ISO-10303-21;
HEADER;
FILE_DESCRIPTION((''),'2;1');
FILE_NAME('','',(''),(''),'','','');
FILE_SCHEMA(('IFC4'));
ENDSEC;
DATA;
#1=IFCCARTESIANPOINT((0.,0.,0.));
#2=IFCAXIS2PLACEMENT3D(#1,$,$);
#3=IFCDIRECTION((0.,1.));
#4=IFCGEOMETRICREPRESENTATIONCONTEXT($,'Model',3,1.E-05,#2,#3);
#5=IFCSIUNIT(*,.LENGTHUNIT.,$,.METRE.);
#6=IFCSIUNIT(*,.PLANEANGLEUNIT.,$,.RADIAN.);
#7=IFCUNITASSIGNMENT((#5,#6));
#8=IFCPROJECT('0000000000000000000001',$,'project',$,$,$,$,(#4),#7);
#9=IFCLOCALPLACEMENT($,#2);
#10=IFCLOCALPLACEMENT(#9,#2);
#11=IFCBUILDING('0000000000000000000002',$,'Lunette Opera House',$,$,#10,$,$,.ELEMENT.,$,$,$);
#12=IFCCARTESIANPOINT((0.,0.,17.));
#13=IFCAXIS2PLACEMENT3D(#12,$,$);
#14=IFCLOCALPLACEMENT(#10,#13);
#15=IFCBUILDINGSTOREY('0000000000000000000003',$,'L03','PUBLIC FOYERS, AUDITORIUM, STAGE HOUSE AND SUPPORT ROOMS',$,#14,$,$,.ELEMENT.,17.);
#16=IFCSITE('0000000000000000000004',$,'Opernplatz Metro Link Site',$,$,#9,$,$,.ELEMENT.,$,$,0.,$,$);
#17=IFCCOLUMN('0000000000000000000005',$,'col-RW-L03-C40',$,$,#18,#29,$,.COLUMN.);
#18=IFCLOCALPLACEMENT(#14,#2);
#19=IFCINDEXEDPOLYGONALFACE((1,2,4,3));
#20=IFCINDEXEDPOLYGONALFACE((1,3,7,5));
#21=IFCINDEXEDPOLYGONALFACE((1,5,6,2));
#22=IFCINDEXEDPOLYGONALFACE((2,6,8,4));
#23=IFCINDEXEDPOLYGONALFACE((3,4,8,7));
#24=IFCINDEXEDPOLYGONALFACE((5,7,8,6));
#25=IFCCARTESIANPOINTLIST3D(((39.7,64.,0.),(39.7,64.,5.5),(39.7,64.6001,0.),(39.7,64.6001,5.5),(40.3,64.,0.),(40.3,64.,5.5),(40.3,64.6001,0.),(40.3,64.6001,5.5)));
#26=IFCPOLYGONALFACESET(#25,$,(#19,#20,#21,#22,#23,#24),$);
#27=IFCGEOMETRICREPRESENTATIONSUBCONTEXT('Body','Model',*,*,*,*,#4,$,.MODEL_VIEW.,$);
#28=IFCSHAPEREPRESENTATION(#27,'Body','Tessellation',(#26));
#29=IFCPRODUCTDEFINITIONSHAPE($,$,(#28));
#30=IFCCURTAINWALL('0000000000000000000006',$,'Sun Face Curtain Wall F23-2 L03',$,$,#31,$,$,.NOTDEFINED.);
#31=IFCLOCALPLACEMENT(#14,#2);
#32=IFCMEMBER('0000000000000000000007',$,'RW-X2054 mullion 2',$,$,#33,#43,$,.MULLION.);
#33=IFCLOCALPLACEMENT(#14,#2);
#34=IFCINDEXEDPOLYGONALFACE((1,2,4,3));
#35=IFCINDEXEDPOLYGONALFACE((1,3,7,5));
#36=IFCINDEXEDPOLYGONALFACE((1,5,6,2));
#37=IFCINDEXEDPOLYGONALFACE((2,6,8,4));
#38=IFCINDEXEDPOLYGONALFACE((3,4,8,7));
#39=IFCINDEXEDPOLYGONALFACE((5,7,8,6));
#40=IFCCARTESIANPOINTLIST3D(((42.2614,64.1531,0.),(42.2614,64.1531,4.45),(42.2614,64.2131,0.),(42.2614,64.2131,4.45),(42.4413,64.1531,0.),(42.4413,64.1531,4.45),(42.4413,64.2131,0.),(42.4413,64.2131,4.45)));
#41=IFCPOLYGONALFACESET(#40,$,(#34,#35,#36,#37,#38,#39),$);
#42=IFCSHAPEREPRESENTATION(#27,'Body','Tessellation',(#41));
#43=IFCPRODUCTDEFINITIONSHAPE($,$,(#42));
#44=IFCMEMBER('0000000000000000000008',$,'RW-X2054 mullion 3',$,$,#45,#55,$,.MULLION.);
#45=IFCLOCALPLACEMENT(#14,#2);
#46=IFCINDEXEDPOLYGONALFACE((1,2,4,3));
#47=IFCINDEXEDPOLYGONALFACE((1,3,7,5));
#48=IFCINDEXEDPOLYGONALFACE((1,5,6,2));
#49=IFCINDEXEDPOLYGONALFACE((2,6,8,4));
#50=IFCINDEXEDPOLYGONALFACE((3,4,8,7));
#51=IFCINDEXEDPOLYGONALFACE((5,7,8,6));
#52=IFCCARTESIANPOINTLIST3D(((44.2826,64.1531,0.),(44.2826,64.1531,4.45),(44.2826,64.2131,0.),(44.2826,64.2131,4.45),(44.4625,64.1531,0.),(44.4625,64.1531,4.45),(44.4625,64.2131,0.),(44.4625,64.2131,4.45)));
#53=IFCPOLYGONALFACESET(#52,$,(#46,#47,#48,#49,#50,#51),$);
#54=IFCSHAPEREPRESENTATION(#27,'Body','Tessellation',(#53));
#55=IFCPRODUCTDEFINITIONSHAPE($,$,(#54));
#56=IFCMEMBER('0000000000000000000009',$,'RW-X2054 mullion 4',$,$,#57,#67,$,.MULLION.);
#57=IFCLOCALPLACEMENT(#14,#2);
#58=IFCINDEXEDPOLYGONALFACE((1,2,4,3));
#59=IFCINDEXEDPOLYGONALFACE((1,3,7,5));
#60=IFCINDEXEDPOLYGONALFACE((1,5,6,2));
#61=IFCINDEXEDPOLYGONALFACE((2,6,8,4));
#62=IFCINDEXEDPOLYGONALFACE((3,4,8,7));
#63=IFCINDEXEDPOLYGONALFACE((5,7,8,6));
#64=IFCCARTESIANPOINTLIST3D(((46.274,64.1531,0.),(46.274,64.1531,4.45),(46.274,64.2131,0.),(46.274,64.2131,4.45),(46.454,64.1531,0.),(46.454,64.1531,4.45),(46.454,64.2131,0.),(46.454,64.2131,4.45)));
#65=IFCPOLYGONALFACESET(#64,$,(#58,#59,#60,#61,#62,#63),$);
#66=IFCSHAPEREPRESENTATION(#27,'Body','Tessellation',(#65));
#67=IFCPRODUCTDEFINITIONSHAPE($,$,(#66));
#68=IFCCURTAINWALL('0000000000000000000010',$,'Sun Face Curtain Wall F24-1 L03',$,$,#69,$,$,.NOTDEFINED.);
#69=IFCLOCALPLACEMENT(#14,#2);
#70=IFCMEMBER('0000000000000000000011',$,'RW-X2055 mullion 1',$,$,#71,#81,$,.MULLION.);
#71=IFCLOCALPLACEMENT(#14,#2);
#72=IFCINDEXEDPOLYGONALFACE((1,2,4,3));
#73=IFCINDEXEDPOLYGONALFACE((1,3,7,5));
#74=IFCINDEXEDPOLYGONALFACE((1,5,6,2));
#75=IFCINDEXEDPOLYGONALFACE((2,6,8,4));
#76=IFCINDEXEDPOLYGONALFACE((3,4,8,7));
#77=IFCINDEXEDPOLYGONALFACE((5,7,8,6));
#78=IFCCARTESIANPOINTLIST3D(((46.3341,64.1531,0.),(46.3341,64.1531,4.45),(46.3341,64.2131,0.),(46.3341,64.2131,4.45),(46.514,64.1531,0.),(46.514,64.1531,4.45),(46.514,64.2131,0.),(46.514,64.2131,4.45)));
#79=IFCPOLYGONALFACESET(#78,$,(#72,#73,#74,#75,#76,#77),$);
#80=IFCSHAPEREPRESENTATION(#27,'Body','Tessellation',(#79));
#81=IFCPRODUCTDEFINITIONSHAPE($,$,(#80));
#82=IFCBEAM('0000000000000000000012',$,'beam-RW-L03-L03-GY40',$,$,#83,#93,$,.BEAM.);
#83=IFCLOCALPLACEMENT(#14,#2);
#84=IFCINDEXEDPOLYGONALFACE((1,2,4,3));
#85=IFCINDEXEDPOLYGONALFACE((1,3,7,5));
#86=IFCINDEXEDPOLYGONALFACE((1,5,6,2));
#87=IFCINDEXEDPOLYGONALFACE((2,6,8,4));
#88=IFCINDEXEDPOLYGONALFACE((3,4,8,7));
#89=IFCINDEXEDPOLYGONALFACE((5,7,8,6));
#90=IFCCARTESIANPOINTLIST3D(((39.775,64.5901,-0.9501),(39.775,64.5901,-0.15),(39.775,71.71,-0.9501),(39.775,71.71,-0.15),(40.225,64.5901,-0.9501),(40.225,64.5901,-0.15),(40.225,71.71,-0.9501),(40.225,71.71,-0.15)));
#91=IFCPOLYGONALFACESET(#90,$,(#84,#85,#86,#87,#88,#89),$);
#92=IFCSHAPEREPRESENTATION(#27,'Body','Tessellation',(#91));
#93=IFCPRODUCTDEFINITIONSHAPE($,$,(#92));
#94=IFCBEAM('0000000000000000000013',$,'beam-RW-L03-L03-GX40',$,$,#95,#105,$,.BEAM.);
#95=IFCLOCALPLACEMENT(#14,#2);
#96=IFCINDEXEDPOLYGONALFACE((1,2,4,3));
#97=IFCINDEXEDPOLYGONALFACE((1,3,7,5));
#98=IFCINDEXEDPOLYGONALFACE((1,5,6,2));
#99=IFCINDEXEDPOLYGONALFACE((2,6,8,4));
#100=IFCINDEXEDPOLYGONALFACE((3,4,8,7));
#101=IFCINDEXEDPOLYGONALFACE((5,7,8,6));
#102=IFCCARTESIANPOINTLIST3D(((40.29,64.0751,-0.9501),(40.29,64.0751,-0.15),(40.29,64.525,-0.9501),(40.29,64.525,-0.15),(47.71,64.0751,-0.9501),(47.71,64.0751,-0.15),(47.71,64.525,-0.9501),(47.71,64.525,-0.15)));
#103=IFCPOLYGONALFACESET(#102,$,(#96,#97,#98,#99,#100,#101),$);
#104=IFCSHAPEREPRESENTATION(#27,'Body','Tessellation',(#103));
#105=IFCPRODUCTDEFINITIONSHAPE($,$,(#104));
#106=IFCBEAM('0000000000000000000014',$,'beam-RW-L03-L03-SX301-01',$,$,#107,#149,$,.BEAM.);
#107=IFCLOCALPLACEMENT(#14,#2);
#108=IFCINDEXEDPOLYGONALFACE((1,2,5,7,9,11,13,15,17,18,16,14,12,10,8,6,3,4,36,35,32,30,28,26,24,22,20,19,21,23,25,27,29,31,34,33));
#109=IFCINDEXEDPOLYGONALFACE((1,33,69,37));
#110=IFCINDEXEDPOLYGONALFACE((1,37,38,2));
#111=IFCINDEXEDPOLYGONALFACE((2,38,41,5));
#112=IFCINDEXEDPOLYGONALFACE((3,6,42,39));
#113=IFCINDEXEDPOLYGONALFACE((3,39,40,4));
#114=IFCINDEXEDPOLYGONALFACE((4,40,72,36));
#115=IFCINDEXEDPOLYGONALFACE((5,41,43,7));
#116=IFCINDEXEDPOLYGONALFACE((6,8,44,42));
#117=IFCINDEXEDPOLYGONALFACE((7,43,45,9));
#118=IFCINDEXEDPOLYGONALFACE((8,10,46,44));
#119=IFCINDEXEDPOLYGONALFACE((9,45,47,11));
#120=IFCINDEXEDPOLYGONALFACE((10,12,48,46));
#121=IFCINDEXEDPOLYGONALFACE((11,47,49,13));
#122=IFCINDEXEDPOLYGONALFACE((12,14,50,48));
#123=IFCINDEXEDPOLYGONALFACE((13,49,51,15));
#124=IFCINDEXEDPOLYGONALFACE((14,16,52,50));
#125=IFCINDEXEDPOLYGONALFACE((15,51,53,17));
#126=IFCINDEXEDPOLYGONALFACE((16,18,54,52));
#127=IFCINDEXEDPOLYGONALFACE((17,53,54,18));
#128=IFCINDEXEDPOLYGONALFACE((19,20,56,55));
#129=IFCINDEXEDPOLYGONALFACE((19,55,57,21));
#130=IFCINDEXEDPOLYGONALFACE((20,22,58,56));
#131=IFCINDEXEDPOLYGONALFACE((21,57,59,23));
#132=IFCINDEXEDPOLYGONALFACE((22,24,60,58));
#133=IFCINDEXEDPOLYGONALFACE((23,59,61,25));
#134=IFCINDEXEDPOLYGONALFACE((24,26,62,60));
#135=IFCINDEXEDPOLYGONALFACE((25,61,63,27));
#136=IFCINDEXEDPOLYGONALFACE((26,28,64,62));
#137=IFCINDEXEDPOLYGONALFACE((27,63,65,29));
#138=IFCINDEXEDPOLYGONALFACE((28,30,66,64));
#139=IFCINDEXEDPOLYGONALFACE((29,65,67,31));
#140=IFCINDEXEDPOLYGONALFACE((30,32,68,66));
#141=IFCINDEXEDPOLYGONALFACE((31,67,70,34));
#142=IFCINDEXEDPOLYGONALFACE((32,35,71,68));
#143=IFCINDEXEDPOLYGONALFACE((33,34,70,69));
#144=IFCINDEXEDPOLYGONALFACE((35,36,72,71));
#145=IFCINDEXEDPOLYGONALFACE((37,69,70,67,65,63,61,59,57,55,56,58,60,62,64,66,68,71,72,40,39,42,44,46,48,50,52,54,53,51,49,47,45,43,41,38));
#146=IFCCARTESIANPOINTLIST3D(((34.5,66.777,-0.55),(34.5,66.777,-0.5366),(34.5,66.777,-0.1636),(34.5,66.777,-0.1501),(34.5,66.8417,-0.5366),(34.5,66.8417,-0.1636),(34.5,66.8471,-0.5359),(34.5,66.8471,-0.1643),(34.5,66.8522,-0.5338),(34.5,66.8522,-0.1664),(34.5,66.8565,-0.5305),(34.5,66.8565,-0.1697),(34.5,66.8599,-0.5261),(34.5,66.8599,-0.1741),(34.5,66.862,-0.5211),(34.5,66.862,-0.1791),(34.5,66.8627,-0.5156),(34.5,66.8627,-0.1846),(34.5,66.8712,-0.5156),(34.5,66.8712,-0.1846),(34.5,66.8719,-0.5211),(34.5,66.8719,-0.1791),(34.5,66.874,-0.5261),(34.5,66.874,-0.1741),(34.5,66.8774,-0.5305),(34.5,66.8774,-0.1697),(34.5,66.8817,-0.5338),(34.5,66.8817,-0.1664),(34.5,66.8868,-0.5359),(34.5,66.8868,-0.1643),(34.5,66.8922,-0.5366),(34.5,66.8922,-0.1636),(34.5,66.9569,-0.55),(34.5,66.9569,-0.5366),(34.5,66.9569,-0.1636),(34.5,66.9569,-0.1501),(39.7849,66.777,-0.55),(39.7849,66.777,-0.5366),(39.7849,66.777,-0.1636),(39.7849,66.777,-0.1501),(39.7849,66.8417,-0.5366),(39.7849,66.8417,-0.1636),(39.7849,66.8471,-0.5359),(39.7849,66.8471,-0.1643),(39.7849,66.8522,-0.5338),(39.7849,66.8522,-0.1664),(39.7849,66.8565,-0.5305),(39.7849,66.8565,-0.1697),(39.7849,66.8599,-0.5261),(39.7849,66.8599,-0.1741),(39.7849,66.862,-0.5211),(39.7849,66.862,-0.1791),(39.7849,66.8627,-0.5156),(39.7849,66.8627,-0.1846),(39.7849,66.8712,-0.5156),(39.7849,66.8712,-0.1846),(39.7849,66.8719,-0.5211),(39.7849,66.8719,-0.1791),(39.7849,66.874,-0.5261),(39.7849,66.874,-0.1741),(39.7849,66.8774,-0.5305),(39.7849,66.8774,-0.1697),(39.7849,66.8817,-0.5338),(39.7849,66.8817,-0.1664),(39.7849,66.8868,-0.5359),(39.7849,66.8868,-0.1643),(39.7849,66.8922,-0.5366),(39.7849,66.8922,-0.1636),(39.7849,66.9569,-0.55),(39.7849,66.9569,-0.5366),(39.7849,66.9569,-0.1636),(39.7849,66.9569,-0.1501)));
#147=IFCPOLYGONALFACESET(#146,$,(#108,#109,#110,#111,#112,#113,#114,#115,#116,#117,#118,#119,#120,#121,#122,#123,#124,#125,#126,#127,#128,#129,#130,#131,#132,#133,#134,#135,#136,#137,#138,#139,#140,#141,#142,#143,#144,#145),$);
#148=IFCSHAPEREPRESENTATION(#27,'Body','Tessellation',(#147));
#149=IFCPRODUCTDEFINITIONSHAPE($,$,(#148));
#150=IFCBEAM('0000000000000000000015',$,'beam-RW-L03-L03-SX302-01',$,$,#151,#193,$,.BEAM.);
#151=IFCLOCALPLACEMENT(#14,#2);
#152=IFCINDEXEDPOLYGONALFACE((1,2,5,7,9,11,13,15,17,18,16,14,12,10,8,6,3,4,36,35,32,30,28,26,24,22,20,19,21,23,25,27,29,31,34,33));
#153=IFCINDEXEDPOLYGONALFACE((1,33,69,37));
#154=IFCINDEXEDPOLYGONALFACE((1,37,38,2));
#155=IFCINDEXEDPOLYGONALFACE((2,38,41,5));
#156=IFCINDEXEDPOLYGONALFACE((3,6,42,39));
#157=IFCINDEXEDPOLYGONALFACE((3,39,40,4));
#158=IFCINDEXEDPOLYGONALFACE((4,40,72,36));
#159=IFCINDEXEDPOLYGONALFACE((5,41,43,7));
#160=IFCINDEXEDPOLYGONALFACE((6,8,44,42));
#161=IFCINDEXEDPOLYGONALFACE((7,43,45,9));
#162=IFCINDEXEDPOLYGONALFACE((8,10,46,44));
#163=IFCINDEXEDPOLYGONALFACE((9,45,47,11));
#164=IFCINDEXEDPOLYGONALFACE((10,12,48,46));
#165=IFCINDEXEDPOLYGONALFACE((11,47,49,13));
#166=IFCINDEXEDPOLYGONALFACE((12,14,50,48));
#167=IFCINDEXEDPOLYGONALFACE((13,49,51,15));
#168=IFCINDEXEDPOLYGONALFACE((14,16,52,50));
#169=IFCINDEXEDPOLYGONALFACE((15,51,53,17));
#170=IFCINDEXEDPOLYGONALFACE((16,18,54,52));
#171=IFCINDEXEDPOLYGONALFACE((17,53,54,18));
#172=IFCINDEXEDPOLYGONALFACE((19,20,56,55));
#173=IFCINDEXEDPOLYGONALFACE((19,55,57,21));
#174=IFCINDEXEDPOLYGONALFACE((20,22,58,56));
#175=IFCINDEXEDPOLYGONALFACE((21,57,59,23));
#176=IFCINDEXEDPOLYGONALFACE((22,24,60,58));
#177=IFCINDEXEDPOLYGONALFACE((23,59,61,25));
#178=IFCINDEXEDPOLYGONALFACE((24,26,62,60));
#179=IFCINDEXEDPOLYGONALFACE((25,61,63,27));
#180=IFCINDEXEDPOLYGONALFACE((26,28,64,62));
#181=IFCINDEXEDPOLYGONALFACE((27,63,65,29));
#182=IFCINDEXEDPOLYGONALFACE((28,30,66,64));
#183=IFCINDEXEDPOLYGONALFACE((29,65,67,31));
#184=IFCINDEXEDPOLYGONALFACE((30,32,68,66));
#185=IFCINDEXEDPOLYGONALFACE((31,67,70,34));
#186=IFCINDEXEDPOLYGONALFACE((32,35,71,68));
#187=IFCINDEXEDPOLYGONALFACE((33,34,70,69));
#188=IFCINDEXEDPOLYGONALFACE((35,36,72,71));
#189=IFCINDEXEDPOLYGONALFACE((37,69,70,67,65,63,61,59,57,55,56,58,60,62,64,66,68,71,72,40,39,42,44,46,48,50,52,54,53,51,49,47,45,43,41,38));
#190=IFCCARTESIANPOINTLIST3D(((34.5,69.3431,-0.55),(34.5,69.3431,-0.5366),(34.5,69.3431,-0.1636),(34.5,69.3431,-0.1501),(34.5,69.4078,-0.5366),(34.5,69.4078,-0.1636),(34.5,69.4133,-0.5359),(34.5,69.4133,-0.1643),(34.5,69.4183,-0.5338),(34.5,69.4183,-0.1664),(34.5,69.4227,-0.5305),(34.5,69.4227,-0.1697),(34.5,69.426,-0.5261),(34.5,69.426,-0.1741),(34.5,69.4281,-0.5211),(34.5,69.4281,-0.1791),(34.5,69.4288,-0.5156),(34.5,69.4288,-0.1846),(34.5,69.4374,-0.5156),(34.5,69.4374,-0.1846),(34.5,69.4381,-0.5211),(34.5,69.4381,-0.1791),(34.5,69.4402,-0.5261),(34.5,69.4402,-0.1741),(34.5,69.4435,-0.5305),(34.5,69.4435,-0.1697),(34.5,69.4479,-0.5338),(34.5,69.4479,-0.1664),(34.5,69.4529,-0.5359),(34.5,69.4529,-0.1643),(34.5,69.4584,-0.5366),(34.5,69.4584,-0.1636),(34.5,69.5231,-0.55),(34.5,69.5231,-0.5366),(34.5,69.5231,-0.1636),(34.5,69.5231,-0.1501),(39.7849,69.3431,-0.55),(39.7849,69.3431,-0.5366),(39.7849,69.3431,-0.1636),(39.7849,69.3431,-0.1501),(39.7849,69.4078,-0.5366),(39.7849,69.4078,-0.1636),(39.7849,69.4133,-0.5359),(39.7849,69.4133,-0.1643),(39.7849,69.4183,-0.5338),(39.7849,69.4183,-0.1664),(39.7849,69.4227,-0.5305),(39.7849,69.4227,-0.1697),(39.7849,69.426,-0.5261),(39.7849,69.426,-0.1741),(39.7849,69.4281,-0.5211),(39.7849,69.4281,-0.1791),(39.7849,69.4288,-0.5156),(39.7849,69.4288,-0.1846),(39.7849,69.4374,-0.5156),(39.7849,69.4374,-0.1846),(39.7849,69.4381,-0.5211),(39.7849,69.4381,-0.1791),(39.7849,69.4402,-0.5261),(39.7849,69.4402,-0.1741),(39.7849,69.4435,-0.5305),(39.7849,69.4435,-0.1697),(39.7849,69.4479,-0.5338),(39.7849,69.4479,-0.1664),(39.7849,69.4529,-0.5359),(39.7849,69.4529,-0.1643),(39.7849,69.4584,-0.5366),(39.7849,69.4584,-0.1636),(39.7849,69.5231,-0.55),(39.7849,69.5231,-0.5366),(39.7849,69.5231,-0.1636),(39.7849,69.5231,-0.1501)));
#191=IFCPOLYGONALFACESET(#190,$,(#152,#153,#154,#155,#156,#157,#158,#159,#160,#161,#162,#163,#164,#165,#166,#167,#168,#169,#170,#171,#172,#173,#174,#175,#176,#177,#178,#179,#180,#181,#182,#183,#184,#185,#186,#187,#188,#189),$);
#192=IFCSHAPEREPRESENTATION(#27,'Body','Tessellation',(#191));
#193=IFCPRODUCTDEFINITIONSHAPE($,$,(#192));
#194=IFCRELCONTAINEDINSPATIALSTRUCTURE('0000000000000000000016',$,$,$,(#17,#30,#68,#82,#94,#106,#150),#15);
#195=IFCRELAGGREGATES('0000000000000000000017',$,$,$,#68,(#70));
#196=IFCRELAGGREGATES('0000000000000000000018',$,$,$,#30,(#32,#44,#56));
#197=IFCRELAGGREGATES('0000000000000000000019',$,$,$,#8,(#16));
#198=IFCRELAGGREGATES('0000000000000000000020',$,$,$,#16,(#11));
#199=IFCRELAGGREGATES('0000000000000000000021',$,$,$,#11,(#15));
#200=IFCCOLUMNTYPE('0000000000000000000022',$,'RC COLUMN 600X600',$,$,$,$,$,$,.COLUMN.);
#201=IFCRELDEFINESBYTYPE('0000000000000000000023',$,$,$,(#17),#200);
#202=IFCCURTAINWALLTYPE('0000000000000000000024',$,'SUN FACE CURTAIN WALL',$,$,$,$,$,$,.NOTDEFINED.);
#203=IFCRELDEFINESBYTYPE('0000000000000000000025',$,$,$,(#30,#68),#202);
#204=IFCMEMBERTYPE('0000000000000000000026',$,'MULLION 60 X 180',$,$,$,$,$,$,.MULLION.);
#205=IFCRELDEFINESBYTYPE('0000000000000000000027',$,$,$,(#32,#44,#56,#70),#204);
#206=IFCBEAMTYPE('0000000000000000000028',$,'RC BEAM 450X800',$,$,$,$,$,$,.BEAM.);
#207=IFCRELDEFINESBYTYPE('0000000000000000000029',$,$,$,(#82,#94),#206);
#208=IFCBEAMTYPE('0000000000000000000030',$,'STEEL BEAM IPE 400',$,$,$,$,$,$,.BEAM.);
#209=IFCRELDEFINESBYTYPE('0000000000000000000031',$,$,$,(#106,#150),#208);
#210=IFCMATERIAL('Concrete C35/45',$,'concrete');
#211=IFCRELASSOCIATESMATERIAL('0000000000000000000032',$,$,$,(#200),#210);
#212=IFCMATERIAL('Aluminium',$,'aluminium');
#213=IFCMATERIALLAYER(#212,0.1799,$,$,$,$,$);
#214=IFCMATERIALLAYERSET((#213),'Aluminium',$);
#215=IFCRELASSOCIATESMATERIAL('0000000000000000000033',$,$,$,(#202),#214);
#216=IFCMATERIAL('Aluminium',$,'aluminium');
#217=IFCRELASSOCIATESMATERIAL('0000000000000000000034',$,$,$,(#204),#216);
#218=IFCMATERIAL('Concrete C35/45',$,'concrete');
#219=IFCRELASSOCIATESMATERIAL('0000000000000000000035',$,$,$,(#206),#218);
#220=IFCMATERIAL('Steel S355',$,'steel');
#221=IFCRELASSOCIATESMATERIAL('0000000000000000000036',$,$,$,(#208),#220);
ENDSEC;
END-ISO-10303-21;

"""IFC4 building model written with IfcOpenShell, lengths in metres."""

from ifc_helpers import new_model, si_unit, direction, frame, origin, origin_2d, place, context, subcontext, project, spatial, rectangle, i_section, extrude, material, layer, layer_set, material_profile, profile_set, type_object, element, aggregate, save


model = new_model("IFC4")

# Units and contexts
model_context = context("Model", 3, precision=1e-05, world=origin(), true_north=direction((0.0, 1.0)))
body_context = subcontext(model_context, "Body", "Model", "MODEL_VIEW")
ifc_project = project(units=[si_unit("LENGTHUNIT", "METRE"), si_unit("PLANEANGLEUNIT", "RADIAN")], contexts=[model_context])

# Site, building, storey
site_placement = place(None, origin())
site = spatial("IfcSite", under=ifc_project, at=site_placement, Name="Opernplatz Metro Link Site", CompositionType="ELEMENT", RefElevation=0.0)
building_placement = place(site_placement, origin())
building = spatial("IfcBuilding", under=site, at=building_placement, Name="Lunette Opera House", CompositionType="ELEMENT")
storey_placement = place(building_placement, frame((0.0, 0.0, 17.0)))
storey = spatial("IfcBuildingStorey", under=building, at=storey_placement, Name="L03", Description="PUBLIC FOYERS, AUDITORIUM, STAGE HOUSE AND SUPPORT ROOMS", CompositionType="ELEMENT", Elevation=17.0)

# Column
ifc_material_1 = material(Name="Concrete C35/45", Category="concrete")
ifc_material_profile_1 = material_profile(ifc_material_1, rectangle(XDim=0.6001, YDim=0.6001, at=origin_2d()), Name="RC COLUMN 600X600")
ifc_profile_set_1 = profile_set([ifc_material_profile_1], Name="Concrete C35/45")
column_type = type_object("IfcColumnType", Name="RC COLUMN 600X600", PredefinedType="COLUMN", material=ifc_profile_set_1)
column_placement = place(storey_placement, frame((40.0, 64.3, 0.0), z_axis=(0.0, 0.0, 1.0), x_axis=(1.0, 0.0, 0.0)))
element("IfcColumn", 1, at=column_placement, inside=storey, type_object=column_type, Name="col-RW-L03-C40", PredefinedType="COLUMN", context=body_context, shape_type="SweptSolid", body=[
    extrude(rectangle(XDim=0.6001, YDim=0.6001, at=origin_2d()), origin(), (0.0, 0.0, 1.0), 5.5),
])

# Curtain wall, members
ifc_material_2 = material(Name="Aluminium", Category="aluminium")
ifc_layer_1 = layer(ifc_material_2, 0.1799)
ifc_layer_set_1 = layer_set([ifc_layer_1], Name="Aluminium")
curtain_wall_type = type_object("IfcCurtainWallType", Name="SUN FACE CURTAIN WALL", PredefinedType="NOTDEFINED", material=ifc_layer_set_1)
curtain_wall_1_placement = place(storey_placement, origin())
curtain_wall_1 = element("IfcCurtainWall", 2, at=curtain_wall_1_placement, inside=storey, type_object=curtain_wall_type, Name="Sun Face Curtain Wall F23-2 L03", PredefinedType="NOTDEFINED")
ifc_material_3 = material(Name="Aluminium", Category="aluminium")
ifc_material_profile_2 = material_profile(ifc_material_3, rectangle(XDim=0.0601, YDim=0.1799, at=origin_2d()), Name="MULLION 60 X 180")
ifc_profile_set_2 = profile_set([ifc_material_profile_2], Name="Aluminium")
member_type_1 = type_object("IfcMemberType", Name="MULLION 60 X 180", PredefinedType="MULLION", material=ifc_profile_set_2)
member_1_placement = place(storey_placement, frame((42.3513, 64.1831, 0.0), z_axis=(0.0, 0.0, 1.0), x_axis=(0.0, 1.0, 0.0)))
member_1 = element("IfcMember", 3, at=member_1_placement, type_object=member_type_1, Name="RW-X2054 mullion 2", PredefinedType="MULLION", context=body_context, shape_type="SweptSolid", body=[
    extrude(rectangle(XDim=0.0601, YDim=0.1799, at=origin_2d()), origin(), (0.0, 0.0, 1.0), 4.45),
])
member_2_placement = place(storey_placement, frame((44.3726, 64.1831, 0.0), z_axis=(0.0, 0.0, 1.0), x_axis=(0.0, 1.0, 0.0)))
member_2 = element("IfcMember", 4, at=member_2_placement, type_object=member_type_1, Name="RW-X2054 mullion 3", PredefinedType="MULLION", context=body_context, shape_type="SweptSolid", body=[
    extrude(rectangle(XDim=0.0601, YDim=0.1799, at=origin_2d()), origin(), (0.0, 0.0, 1.0), 4.45),
])
member_3_placement = place(storey_placement, frame((46.364, 64.1831, 0.0), z_axis=(0.0, 0.0, 1.0), x_axis=(0.0, 1.0, 0.0)))
member_3 = element("IfcMember", 5, at=member_3_placement, type_object=member_type_1, Name="RW-X2054 mullion 4", PredefinedType="MULLION", context=body_context, shape_type="SweptSolid", body=[
    extrude(rectangle(XDim=0.0601, YDim=0.1799, at=origin_2d()), origin(), (0.0, 0.0, 1.0), 4.45),
])

# Curtain wall, member
curtain_wall_2_placement = place(storey_placement, origin())
curtain_wall_2 = element("IfcCurtainWall", 6, at=curtain_wall_2_placement, inside=storey, type_object=curtain_wall_type, Name="Sun Face Curtain Wall F24-1 L03", PredefinedType="NOTDEFINED")
member_4_placement = place(storey_placement, frame((46.4241, 64.1831, 0.0), z_axis=(0.0, 0.0, 1.0), x_axis=(0.0, 1.0, 0.0)))
member_4 = element("IfcMember", 7, at=member_4_placement, type_object=member_type_1, Name="RW-X2055 mullion 1", PredefinedType="MULLION", context=body_context, shape_type="SweptSolid", body=[
    extrude(rectangle(XDim=0.0601, YDim=0.1799, at=origin_2d()), origin(), (0.0, 0.0, 1.0), 4.45),
])

# Beams
ifc_material_4 = material(Name="Concrete C35/45", Category="concrete")
ifc_material_profile_3 = material_profile(ifc_material_4, rectangle(XDim=0.45, YDim=0.8, at=origin_2d()), Name="RC BEAM 450X800")
ifc_profile_set_3 = profile_set([ifc_material_profile_3], Name="Concrete C35/45")
beam_type_1 = type_object("IfcBeamType", Name="RC BEAM 450X800", PredefinedType="BEAM", material=ifc_profile_set_3)
beam_1_placement = place(storey_placement, frame((40.0, 64.5901, -0.55), z_axis=(0.0, 1.0, 0.0), x_axis=(-1.0, 0.0, 0.0)))
element("IfcBeam", 8, at=beam_1_placement, inside=storey, type_object=beam_type_1, Name="beam-RW-L03-L03-GY40", PredefinedType="BEAM", context=body_context, shape_type="SweptSolid", body=[
    extrude(rectangle(XDim=0.45, YDim=0.8, at=origin_2d()), origin(), (0.0, 0.0, 1.0), 7.1199),
])
beam_2_placement = place(storey_placement, frame((40.29, 64.3, -0.55), z_axis=(1.0, 0.0, 0.0), x_axis=(0.0, 1.0, 0.0)))
element("IfcBeam", 9, at=beam_2_placement, inside=storey, type_object=beam_type_1, Name="beam-RW-L03-L03-GX40", PredefinedType="BEAM", context=body_context, shape_type="SweptSolid", body=[
    extrude(rectangle(XDim=0.45, YDim=0.8, at=origin_2d()), origin(), (0.0, 0.0, 1.0), 7.4199),
])
ifc_material_5 = material(Name="Steel S355", Category="steel")
ifc_material_profile_4 = material_profile(ifc_material_5, i_section(OverallWidth=0.1799, OverallDepth=0.3999, WebThickness=0.0085, FlangeThickness=0.0134, FilletRadius=0.021, at=origin_2d()), Name="IPE 400")
ifc_profile_set_4 = profile_set([ifc_material_profile_4], Name="Steel S355")
beam_type_2 = type_object("IfcBeamType", Name="STEEL BEAM IPE 400", PredefinedType="BEAM", material=ifc_profile_set_4)
for number, where, z_axis, x_axis, name in (
    (10, (34.5, 66.8669, -0.3501), (1.0, 0.0, 0.0), (0.0, 1.0, 0.0), "beam-RW-L03-L03-SX301-01"),
    (11, (34.5, 69.4331, -0.3501), (1.0, 0.0, 0.0), (0.0, 1.0, 0.0), "beam-RW-L03-L03-SX302-01"),
):
    element("IfcBeam", number, at=place(storey_placement, frame(where, z_axis=z_axis, x_axis=x_axis)), inside=storey, type_object=beam_type_2, Name=name, PredefinedType="BEAM", context=body_context, shape_type="SweptSolid", body=[
        extrude(i_section(OverallWidth=0.1799, OverallDepth=0.3999, WebThickness=0.0085, FlangeThickness=0.0134, FilletRadius=0.021, at=origin_2d()), origin(), (0.0, 0.0, 1.0), 5.2849),
    ])

aggregate(curtain_wall_2, [member_4])

aggregate(curtain_wall_1, [member_1, member_2, member_3])

save(model, "model.ifc")
